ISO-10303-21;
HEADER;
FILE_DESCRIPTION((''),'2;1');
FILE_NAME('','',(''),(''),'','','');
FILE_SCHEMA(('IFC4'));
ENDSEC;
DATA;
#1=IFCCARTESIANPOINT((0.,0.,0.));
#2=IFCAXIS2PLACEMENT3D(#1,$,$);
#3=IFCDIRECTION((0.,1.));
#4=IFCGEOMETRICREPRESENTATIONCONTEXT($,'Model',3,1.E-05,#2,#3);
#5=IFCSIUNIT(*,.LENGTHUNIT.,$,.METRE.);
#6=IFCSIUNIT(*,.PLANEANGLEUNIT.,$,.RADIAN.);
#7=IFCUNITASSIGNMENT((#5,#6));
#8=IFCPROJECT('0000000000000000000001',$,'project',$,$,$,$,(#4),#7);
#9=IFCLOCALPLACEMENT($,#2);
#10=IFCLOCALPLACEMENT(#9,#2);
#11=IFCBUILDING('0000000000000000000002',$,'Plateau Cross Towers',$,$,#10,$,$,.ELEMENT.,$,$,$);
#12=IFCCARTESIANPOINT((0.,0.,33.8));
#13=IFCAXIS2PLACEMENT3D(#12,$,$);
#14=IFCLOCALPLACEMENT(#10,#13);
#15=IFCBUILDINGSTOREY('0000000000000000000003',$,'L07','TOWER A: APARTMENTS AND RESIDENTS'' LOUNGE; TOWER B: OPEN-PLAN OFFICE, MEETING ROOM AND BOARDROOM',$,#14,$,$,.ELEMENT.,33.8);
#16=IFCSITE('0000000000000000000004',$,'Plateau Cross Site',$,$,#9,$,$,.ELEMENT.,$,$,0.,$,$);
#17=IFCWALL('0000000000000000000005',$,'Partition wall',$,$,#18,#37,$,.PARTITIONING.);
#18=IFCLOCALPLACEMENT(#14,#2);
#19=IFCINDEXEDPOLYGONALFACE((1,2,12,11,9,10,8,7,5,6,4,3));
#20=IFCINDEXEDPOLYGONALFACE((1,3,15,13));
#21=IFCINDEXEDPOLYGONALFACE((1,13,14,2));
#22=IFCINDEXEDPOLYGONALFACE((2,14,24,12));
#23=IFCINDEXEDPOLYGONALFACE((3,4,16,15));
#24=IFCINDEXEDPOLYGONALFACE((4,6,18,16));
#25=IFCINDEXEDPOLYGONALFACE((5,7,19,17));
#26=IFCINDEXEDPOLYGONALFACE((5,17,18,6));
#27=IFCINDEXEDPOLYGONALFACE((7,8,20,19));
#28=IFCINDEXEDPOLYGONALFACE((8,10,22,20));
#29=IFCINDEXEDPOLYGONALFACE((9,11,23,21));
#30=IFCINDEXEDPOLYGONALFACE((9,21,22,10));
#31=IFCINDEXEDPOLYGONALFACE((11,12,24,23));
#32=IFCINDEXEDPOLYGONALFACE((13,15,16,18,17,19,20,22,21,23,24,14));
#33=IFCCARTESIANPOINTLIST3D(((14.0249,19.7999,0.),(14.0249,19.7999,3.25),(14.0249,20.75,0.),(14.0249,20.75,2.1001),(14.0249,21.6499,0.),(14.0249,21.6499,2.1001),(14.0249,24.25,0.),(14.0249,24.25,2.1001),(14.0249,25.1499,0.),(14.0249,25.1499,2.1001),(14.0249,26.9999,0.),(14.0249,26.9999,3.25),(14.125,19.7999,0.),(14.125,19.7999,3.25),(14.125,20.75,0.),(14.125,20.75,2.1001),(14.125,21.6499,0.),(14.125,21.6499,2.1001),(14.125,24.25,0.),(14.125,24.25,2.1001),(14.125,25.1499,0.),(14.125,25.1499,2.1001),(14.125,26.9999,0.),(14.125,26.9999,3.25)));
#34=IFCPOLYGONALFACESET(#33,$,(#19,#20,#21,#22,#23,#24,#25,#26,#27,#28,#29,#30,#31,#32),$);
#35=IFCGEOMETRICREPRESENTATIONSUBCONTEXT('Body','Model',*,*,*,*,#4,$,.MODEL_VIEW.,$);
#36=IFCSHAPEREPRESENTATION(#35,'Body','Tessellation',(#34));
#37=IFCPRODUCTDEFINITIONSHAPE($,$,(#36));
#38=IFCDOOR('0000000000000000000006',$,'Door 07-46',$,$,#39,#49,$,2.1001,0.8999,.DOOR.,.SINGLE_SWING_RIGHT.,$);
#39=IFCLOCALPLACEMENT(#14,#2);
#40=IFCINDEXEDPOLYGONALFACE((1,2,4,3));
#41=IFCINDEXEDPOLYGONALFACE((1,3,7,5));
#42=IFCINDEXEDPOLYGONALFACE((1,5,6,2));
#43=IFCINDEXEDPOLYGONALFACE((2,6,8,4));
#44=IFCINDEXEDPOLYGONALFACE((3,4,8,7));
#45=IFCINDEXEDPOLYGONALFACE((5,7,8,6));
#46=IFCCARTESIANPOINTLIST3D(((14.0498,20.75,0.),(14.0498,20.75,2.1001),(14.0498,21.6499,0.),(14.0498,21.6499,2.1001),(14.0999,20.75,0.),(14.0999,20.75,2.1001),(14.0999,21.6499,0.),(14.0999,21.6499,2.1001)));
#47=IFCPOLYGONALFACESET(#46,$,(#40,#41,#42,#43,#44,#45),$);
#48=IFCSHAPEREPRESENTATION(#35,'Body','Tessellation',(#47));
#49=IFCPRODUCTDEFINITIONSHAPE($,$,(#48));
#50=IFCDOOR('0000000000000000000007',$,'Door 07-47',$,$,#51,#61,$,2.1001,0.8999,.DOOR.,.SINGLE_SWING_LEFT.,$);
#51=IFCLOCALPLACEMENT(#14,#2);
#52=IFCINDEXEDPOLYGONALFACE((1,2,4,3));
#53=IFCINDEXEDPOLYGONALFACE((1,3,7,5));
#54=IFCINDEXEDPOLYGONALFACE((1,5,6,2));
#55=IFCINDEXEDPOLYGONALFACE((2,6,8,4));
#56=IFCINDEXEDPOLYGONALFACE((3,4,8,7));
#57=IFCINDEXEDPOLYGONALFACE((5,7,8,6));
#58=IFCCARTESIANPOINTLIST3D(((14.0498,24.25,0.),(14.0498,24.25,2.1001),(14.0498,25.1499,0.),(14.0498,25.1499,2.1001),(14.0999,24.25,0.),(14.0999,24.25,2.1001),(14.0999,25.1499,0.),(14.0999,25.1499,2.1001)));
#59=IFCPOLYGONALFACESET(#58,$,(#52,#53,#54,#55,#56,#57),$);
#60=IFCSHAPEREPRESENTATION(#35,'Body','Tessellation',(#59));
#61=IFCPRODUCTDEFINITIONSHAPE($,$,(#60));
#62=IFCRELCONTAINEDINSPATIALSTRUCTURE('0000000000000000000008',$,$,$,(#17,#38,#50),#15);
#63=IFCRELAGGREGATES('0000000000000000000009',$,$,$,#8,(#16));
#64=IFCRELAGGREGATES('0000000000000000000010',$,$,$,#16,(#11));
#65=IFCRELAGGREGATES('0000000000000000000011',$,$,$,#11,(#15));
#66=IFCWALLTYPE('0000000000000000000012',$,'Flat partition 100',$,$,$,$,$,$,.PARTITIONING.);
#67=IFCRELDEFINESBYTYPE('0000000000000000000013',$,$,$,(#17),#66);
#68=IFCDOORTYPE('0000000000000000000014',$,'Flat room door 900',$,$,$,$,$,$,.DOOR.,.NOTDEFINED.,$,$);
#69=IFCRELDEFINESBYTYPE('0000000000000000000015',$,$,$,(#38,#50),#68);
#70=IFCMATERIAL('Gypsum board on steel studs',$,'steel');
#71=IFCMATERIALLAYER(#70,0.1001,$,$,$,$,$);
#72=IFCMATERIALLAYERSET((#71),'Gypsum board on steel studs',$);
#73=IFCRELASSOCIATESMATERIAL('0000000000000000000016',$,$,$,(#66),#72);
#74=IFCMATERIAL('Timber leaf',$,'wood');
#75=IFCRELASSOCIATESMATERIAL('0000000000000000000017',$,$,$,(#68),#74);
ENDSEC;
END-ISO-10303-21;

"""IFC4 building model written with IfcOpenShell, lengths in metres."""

from ifc_helpers import new_model, si_unit, direction, frame, frame_2d, origin, place, context, subcontext, project, spatial, rectangle, extrude, material, layer, layer_set, type_object, element, fill, save


model = new_model("IFC4")

# Units and contexts
model_context = context("Model", 3, precision=1e-05, world=origin(), true_north=direction((0.0, 1.0)))
body_context = subcontext(model_context, "Body", "Model", "MODEL_VIEW")
ifc_project = project(units=[si_unit("LENGTHUNIT", "METRE"), si_unit("PLANEANGLEUNIT", "RADIAN")], contexts=[model_context])

# Site, building, storey
site_placement = place(None, origin())
site = spatial("IfcSite", under=ifc_project, at=site_placement, Name="Plateau Cross Site", CompositionType="ELEMENT", RefElevation=0.0)
building_placement = place(site_placement, origin())
building = spatial("IfcBuilding", under=site, at=building_placement, Name="Plateau Cross Towers", CompositionType="ELEMENT")
storey_placement = place(building_placement, frame((0.0, 0.0, 33.8)))
storey = spatial("IfcBuildingStorey", under=building, at=storey_placement, Name="L07", Description="TOWER A: APARTMENTS AND RESIDENTS' LOUNGE; TOWER B: OPEN-PLAN OFFICE, MEETING ROOM AND BOARDROOM", CompositionType="ELEMENT", Elevation=33.8)

# Shared definitions
ifc_material_1 = material(Name="Gypsum board on steel studs", Category="steel")
ifc_layer_1 = layer(ifc_material_1, 0.1001)
ifc_layer_set_1 = layer_set([ifc_layer_1], Name="Gypsum board on steel studs")
wall_type_1 = type_object("IfcWallType", Name="Flat partition 100", PredefinedType="PARTITIONING", material=ifc_layer_set_1)
ifc_material_2 = material(Name="Timber leaf", Category="wood")
door_type_1 = type_object("IfcDoorType", Name="Flat room door 900", OperationType="NOTDEFINED", PredefinedType="DOOR", material=ifc_material_2)

# Wall, openings, doors
wall_1_placement = place(storey_placement, frame((14.075, 27.0, 0.0), z_axis=(0.0, 0.0, 1.0), x_axis=(0.0, -1.0, 0.0)))
wall_1 = element("IfcWall", 1, at=wall_1_placement, inside=storey, type_object=wall_type_1, Name="Partition wall", PredefinedType="PARTITIONING", context=body_context, shape_type="SweptSolid", body=[
    extrude(rectangle(XDim=7.2, YDim=0.1001, at=frame_2d((3.6001, 0.0))), origin(), (0.0, 0.0, 1.0), 3.25),
])
opening_1_placement = place(wall_1_placement, frame((5.3501, 0.0, 0.0)))
opening_1 = element("IfcOpeningElement", 2, at=opening_1_placement, cuts=wall_1, PredefinedType="OPENING", context=body_context, shape_type="SweptSolid", body=[
    extrude(rectangle(XDim=0.8999, YDim=2.1001, at=frame_2d((0.45, 1.05))), frame((0.0, 0.0601, 0.0), z_axis=(0.0, -1.0, 0.0), x_axis=(1.0, 0.0, 0.0)), (0.0, 0.0, 1.0), 0.1201),
])
opening_2_placement = place(wall_1_placement, frame((1.8501, 0.0, 0.0)))
opening_2 = element("IfcOpeningElement", 3, at=opening_2_placement, cuts=wall_1, PredefinedType="OPENING", context=body_context, shape_type="SweptSolid", body=[
    extrude(rectangle(XDim=0.8999, YDim=2.1001, at=frame_2d((0.45, 1.05))), frame((0.0, 0.0601, 0.0), z_axis=(0.0, -1.0, 0.0), x_axis=(1.0, 0.0, 0.0)), (0.0, 0.0, 1.0), 0.1201),
])
door_1_placement = place(opening_1_placement, origin())
door_1 = element("IfcDoor", 4, at=door_1_placement, inside=storey, type_object=door_type_1, Name="Door 07-46", OperationType="SINGLE_SWING_RIGHT", OverallHeight=2.1001, OverallWidth=0.8999, PredefinedType="DOOR", context=body_context, shape_type="SweptSolid", body=[
    extrude(rectangle(XDim=0.8999, YDim=2.1001, at=frame_2d((0.45, 1.05))), frame((0.0, 0.0249, 0.0), z_axis=(0.0, -1.0, 0.0), x_axis=(1.0, 0.0, 0.0)), (0.0, 0.0, 1.0), 0.05),
])
fill(opening_1, door_1)
door_2_placement = place(opening_2_placement, origin())
door_2 = element("IfcDoor", 5, at=door_2_placement, inside=storey, type_object=door_type_1, Name="Door 07-47", OperationType="SINGLE_SWING_LEFT", OverallHeight=2.1001, OverallWidth=0.8999, PredefinedType="DOOR", context=body_context, shape_type="SweptSolid", body=[
    extrude(rectangle(XDim=0.8999, YDim=2.1001, at=frame_2d((0.45, 1.05))), frame((0.0, 0.0249, 0.0), z_axis=(0.0, -1.0, 0.0), x_axis=(1.0, 0.0, 0.0)), (0.0, 0.0, 1.0), 0.05),
])
fill(opening_2, door_2)

save(model, "model.ifc")
